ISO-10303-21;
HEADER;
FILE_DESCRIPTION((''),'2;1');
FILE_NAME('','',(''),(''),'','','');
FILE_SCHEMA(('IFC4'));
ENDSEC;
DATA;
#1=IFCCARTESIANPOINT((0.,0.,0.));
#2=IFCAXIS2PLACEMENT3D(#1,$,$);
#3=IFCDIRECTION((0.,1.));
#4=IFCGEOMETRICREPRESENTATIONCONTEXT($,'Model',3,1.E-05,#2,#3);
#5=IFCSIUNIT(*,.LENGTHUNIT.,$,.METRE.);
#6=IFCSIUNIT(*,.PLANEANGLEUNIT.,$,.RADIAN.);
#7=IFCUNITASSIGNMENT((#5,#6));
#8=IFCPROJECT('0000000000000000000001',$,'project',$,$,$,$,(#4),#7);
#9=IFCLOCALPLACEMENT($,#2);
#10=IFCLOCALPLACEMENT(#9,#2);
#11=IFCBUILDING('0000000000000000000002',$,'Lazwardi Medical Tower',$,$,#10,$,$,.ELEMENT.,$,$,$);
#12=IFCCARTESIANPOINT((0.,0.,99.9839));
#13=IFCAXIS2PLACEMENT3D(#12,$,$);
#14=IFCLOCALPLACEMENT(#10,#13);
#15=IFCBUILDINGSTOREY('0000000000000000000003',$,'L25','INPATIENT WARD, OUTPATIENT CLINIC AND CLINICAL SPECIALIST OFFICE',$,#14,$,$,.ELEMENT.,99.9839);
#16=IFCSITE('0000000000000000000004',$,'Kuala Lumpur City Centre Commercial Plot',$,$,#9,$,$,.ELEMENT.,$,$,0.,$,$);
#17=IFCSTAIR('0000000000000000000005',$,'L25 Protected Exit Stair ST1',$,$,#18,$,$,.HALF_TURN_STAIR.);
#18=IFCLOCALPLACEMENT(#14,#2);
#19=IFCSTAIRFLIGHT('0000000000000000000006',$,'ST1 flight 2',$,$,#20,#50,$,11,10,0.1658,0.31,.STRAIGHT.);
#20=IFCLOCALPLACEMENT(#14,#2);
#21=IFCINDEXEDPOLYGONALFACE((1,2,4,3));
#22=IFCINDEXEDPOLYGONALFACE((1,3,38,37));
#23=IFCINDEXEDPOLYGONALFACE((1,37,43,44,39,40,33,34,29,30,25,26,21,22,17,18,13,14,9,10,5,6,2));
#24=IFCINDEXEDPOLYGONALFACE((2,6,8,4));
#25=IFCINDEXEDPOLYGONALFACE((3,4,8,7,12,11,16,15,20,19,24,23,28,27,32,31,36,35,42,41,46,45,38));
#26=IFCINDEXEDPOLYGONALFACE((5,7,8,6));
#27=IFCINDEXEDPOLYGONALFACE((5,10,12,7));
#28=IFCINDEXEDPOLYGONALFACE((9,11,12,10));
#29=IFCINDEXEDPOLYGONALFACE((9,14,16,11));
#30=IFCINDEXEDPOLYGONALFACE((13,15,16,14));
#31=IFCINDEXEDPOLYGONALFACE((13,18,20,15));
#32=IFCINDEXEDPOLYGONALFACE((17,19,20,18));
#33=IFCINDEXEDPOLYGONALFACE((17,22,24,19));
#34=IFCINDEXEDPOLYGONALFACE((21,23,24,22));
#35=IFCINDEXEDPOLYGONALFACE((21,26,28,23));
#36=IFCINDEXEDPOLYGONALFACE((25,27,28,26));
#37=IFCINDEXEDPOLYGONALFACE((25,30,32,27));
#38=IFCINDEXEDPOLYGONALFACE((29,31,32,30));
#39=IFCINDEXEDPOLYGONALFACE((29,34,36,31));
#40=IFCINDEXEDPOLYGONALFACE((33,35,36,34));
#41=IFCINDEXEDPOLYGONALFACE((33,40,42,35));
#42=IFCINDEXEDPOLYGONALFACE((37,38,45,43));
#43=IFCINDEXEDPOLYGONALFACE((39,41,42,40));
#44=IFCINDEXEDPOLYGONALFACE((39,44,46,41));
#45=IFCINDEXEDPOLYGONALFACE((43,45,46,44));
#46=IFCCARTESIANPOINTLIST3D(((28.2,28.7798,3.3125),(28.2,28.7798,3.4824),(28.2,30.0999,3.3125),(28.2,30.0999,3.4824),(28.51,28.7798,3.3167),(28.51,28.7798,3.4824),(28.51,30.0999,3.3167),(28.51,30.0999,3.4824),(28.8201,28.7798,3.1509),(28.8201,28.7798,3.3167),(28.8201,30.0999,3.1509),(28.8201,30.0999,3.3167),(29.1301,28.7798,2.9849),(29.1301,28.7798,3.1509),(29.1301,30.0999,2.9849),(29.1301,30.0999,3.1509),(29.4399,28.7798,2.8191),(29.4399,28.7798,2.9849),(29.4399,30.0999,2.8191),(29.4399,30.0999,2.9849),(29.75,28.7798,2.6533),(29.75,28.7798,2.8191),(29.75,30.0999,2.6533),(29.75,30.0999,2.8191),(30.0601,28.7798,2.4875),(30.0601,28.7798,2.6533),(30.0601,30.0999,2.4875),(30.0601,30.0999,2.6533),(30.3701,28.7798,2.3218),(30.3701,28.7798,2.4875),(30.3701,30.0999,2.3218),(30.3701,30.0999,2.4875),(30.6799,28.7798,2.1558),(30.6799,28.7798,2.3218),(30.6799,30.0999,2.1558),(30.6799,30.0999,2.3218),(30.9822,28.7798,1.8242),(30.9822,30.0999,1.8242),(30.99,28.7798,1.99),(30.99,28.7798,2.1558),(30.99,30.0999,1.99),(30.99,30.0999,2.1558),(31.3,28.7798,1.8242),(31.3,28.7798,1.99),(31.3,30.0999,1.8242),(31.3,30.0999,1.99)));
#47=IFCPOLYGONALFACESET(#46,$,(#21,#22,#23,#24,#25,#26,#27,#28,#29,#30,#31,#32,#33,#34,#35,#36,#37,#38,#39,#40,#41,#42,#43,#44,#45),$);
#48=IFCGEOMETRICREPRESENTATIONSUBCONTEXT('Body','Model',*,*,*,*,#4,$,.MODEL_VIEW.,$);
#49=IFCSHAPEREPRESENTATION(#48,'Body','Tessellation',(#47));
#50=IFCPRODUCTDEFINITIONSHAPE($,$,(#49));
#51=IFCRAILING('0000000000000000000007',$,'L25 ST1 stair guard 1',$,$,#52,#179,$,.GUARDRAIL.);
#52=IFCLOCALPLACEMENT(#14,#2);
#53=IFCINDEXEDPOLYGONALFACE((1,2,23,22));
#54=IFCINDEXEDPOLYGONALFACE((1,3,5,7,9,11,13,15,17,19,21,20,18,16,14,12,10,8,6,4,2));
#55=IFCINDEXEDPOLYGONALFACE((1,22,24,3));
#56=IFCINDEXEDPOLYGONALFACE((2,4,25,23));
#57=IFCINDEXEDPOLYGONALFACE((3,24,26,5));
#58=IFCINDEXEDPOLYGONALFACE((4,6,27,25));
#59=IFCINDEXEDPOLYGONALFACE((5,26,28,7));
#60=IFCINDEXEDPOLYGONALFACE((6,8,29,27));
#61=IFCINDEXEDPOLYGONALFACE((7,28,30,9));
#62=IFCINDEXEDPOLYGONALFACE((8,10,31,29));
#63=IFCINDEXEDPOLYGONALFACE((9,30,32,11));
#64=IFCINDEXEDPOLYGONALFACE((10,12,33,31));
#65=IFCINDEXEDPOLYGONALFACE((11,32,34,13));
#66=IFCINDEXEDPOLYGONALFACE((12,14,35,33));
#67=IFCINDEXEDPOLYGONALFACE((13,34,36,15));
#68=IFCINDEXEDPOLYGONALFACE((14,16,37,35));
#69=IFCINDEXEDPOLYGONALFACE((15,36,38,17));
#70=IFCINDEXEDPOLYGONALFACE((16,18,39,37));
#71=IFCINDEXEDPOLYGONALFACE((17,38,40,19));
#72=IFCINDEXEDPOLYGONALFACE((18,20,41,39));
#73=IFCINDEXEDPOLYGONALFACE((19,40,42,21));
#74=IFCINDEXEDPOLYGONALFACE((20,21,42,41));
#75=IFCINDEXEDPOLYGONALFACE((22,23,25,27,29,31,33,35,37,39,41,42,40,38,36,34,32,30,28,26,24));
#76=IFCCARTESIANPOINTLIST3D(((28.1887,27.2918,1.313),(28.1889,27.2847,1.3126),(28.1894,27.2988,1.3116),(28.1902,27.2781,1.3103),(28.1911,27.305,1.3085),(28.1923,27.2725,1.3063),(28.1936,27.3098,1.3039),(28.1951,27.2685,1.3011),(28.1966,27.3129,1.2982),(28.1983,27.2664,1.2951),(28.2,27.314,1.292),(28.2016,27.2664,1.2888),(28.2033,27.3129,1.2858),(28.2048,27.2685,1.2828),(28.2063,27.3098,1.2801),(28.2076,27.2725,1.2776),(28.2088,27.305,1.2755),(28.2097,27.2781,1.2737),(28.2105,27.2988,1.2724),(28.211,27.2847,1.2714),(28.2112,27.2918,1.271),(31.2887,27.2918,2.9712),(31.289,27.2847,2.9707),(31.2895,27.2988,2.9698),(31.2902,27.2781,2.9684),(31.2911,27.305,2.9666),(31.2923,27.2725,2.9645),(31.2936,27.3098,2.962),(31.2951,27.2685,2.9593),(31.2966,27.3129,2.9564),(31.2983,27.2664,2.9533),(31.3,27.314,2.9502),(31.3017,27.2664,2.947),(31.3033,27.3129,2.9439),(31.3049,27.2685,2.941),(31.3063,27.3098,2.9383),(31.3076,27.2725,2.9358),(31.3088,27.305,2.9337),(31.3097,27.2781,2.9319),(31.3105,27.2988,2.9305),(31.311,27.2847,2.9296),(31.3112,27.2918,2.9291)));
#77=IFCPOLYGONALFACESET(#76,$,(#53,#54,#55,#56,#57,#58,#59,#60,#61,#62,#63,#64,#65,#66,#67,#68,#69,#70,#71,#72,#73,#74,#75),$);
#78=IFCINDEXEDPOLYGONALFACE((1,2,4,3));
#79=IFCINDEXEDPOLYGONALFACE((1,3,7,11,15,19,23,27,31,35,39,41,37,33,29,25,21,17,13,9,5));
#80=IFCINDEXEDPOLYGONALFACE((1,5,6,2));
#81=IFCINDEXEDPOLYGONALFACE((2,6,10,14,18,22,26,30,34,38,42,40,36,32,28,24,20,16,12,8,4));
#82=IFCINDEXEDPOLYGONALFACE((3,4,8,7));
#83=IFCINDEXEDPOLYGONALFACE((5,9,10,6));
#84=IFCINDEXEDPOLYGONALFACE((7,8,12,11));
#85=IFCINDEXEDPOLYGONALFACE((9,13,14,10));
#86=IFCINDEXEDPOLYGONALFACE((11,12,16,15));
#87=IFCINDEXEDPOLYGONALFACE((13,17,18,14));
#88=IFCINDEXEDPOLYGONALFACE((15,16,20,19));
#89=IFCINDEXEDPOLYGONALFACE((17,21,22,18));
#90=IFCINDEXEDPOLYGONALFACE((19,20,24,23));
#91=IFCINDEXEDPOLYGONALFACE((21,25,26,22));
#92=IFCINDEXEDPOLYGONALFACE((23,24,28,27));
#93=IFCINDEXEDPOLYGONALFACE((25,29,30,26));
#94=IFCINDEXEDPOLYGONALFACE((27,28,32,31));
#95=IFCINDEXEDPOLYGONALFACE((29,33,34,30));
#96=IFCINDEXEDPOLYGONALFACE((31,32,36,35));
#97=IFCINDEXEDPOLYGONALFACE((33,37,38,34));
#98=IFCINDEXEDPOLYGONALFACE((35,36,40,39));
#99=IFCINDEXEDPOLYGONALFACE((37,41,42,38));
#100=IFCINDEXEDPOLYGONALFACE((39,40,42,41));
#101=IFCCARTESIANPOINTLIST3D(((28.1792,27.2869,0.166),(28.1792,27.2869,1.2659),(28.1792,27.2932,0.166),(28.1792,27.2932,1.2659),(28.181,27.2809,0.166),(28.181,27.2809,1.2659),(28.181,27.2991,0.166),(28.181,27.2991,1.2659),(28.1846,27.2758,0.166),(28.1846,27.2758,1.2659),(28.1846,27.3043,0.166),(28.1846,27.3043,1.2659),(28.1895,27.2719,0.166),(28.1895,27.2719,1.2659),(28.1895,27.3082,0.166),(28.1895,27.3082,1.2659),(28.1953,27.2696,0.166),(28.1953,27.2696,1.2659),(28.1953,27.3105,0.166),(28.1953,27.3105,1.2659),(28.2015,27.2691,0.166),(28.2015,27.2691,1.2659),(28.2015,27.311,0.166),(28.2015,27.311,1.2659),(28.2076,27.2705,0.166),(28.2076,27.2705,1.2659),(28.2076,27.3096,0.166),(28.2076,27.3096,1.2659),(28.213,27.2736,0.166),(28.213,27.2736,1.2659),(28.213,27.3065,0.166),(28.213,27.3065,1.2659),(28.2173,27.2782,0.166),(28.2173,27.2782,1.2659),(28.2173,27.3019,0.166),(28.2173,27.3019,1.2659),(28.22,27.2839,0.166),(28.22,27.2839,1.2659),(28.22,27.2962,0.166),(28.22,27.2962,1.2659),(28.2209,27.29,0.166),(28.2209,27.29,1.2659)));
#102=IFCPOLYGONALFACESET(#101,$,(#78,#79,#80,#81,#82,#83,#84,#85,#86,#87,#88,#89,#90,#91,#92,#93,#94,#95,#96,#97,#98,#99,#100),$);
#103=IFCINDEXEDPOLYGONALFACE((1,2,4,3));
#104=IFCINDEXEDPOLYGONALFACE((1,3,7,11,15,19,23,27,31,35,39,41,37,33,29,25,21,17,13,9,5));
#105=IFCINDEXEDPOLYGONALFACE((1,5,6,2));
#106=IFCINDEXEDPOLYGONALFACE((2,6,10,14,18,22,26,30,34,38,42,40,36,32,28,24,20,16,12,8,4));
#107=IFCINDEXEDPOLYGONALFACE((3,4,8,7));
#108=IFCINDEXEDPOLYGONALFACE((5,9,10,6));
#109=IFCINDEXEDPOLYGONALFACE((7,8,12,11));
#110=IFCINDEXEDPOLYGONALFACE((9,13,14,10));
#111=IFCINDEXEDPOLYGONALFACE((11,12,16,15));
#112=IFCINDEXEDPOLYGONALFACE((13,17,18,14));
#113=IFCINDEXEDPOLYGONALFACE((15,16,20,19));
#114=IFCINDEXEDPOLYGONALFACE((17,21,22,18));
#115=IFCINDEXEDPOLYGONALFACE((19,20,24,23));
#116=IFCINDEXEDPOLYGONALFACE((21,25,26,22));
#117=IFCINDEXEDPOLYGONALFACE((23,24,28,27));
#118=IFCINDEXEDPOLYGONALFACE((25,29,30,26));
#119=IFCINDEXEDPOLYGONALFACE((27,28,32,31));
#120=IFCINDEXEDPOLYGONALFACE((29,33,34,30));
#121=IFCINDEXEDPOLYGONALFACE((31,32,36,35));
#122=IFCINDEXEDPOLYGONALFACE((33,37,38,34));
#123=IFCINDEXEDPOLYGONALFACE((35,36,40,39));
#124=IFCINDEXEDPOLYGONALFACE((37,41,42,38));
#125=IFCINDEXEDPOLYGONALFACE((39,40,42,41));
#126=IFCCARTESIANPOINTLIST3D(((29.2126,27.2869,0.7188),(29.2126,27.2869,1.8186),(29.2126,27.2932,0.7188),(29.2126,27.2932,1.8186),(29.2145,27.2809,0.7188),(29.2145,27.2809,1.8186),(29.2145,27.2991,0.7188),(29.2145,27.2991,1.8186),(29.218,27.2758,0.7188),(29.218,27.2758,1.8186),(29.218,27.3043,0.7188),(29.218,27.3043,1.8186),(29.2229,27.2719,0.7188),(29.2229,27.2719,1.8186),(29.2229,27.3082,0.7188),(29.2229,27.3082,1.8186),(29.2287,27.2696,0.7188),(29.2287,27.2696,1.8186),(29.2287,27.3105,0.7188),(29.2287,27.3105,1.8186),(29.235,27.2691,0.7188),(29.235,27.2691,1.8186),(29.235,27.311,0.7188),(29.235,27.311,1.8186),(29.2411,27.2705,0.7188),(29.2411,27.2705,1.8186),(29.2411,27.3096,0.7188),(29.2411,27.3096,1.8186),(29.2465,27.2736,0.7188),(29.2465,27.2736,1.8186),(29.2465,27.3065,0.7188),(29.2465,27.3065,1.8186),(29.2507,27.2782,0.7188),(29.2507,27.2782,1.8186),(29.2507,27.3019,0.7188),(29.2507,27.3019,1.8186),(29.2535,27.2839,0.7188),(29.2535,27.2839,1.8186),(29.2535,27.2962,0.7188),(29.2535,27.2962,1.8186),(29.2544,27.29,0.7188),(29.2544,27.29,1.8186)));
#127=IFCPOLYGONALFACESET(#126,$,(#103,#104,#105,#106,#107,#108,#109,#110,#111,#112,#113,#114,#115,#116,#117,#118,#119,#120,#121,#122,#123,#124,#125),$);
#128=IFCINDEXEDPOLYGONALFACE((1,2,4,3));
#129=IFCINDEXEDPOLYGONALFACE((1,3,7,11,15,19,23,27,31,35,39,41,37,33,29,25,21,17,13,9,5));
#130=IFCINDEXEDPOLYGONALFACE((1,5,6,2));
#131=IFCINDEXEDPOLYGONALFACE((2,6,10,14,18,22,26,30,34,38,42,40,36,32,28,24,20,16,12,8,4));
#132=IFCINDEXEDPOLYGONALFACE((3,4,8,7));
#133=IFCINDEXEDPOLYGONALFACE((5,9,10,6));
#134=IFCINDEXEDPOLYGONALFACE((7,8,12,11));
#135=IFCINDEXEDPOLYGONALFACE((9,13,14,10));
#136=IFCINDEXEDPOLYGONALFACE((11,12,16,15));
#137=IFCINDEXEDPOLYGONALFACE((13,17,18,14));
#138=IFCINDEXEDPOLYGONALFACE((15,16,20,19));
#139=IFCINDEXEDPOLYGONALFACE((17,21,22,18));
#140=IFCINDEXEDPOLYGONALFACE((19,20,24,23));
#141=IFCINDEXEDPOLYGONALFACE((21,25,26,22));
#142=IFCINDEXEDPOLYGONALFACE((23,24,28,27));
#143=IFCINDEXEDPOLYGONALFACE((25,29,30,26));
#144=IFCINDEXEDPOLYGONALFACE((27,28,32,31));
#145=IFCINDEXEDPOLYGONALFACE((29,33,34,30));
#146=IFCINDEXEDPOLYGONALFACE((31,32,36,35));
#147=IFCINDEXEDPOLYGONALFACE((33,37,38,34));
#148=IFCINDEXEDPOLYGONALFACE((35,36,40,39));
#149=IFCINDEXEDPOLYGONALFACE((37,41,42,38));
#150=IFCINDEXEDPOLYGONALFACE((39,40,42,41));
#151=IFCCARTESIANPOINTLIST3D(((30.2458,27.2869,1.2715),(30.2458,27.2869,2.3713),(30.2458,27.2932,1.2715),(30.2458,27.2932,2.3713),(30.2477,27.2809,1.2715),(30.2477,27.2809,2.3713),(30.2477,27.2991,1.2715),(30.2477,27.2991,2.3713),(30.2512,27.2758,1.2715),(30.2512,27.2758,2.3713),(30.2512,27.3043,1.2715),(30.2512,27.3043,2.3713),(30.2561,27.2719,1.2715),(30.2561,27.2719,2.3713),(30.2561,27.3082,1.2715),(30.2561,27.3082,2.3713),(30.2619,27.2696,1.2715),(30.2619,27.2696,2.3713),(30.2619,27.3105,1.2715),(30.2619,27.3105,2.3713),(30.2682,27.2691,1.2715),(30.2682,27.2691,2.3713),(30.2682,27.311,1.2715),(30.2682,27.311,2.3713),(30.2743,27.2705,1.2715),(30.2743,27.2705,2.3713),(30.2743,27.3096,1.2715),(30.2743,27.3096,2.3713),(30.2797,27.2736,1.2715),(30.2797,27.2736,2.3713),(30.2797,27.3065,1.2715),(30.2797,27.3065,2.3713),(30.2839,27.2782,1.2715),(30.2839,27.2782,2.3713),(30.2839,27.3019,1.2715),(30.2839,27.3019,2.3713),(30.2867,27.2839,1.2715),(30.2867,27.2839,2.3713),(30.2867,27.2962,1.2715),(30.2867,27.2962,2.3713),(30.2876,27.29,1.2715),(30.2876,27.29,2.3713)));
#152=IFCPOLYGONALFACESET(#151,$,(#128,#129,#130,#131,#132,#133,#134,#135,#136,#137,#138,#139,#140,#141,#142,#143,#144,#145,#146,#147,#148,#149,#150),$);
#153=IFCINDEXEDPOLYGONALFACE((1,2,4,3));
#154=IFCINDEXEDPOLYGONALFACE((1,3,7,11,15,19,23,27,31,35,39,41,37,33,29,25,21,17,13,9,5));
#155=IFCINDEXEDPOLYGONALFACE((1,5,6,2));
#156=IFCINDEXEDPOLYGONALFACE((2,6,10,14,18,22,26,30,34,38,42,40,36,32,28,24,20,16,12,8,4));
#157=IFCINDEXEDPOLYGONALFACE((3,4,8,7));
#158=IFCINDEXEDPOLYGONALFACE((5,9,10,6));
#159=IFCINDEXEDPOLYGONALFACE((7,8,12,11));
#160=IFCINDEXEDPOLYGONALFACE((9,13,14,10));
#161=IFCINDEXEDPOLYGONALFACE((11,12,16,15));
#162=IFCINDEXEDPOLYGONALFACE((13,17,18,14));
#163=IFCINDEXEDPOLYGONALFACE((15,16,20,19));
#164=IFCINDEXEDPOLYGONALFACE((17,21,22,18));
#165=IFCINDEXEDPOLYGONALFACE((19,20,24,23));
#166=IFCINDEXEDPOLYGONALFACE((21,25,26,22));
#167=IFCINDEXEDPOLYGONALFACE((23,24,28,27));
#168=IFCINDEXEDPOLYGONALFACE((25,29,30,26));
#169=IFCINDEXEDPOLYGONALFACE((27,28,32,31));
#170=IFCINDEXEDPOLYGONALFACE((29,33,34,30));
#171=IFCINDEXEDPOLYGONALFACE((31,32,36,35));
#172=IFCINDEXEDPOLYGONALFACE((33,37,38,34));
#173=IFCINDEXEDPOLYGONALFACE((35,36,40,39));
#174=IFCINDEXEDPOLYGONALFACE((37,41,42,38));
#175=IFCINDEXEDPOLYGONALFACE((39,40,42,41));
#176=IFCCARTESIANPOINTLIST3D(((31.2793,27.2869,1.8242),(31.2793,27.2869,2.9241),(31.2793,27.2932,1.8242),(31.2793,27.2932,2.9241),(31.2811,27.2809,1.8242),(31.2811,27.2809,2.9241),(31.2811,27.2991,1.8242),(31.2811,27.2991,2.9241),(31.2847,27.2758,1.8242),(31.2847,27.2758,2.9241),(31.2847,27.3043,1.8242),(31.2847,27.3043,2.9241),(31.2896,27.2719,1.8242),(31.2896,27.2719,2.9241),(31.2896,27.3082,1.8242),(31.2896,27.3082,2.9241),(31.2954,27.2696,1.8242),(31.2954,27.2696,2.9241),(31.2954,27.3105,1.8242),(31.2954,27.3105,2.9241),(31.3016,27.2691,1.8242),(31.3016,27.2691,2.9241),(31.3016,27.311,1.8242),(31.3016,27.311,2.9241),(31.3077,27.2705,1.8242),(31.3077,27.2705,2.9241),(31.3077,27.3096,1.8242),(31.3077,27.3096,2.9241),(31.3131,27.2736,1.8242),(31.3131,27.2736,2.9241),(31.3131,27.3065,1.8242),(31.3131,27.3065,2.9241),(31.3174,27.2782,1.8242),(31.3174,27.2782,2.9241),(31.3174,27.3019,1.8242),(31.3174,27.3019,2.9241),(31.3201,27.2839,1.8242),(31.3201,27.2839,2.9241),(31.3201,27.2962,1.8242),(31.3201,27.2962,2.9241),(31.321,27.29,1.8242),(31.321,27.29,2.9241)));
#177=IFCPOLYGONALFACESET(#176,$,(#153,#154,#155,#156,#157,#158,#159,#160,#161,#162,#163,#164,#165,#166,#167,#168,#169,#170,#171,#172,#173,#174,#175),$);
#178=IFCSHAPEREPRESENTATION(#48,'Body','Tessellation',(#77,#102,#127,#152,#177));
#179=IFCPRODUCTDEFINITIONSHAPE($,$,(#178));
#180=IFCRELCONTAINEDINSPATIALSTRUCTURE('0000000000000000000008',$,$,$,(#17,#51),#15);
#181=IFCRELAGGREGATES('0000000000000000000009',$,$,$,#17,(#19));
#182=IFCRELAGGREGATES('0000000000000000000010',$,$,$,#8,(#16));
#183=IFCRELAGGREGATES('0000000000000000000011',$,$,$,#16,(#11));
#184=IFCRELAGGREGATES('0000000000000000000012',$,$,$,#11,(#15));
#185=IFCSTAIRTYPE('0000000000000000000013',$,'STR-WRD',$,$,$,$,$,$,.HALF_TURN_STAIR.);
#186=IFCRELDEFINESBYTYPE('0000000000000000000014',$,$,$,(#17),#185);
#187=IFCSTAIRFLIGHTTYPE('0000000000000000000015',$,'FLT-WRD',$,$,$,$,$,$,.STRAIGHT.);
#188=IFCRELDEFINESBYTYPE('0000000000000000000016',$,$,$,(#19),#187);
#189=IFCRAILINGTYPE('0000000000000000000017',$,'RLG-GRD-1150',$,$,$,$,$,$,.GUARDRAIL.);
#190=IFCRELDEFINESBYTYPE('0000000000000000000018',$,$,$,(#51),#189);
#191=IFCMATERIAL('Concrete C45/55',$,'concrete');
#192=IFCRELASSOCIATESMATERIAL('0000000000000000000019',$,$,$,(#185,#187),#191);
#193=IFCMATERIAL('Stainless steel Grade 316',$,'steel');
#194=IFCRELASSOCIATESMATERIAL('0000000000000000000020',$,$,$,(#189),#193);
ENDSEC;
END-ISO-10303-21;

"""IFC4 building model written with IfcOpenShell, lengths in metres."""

from ifc_helpers import new_model, si_unit, direction, frame, origin, origin_2d, place, context, subcontext, project, spatial, polyline, circle, outline, extrude, material, type_object, element, aggregate, save


model = new_model("IFC4")

# Units and contexts
model_context = context("Model", 3, precision=1e-05, world=origin(), true_north=direction((0.0, 1.0)))
body_context = subcontext(model_context, "Body", "Model", "MODEL_VIEW")
ifc_project = project(units=[si_unit("LENGTHUNIT", "METRE"), si_unit("PLANEANGLEUNIT", "RADIAN")], contexts=[model_context])

# Site, building, storey
site_placement = place(None, origin())
site = spatial("IfcSite", under=ifc_project, at=site_placement, Name="Kuala Lumpur City Centre Commercial Plot", CompositionType="ELEMENT", RefElevation=0.0)
building_placement = place(site_placement, origin())
building = spatial("IfcBuilding", under=site, at=building_placement, Name="Lazwardi Medical Tower", CompositionType="ELEMENT")
storey_placement = place(building_placement, frame((0.0, 0.0, 99.9839)))
storey = spatial("IfcBuildingStorey", under=building, at=storey_placement, Name="L25", Description="INPATIENT WARD, OUTPATIENT CLINIC AND CLINICAL SPECIALIST OFFICE", CompositionType="ELEMENT", Elevation=99.9839)

# Stair, stair flight
ifc_material_1 = material(Name="Concrete C45/55", Category="concrete")
stair_type = type_object("IfcStairType", Name="STR-WRD", PredefinedType="HALF_TURN_STAIR", material=ifc_material_1)
stair_placement = place(storey_placement, origin())
stair = element("IfcStair", 1, at=stair_placement, inside=storey, type_object=stair_type, Name="L25 Protected Exit Stair ST1", PredefinedType="HALF_TURN_STAIR")
stair_flight_type = type_object("IfcStairFlightType", Name="FLT-WRD", PredefinedType="STRAIGHT", material=ifc_material_1)
stair_flight_1_placement = place(storey_placement, frame((31.3, 29.4399, 1.8242), z_axis=(0.0, 0.0, 1.0), x_axis=(-1.0, 0.0, 0.0)))
stair_flight_1 = element("IfcStairFlight", 2, at=stair_flight_1_placement, type_object=stair_flight_type, Name="ST1 flight 2", NumberOfRisers=11, NumberOfTreads=10, PredefinedType="STRAIGHT", RiserHeight=0.1658, TreadLength=0.31, context=body_context, shape_type="SweptSolid", body=[
    extrude(outline(polyline([(0.0, 0.0), (0.0, 0.1658), (0.3101, 0.1658), (0.3101, 0.3315), (0.6201, 0.3315), (0.6201, 0.4976), (0.9299, 0.4976), (0.9299, 0.6633), (1.24, 0.6633), (1.24, 0.8291), (1.55, 0.8291), (1.55, 0.9949), (1.8601, 0.9949), (1.8601, 1.1606), (2.1699, 1.1606), (2.1699, 1.3267), (2.48, 1.3267), (2.48, 1.4924), (2.79, 1.4924), (2.79, 1.6582), (3.1001, 1.6582), (3.1001, 1.824), (3.1001, 1.4883), (0.3179, 0.0), (0.0, 0.0)])), frame((0.0, 0.6602, 0.0), z_axis=(0.0, -1.0, 0.0), x_axis=(1.0, 0.0, 0.0)), (0.0, 0.0, 1.0), 1.3201),
])
aggregate(stair, [stair_flight_1])

# Railing
ifc_material_2 = material(Name="Stainless steel Grade 316", Category="steel")
railing_type_1 = type_object("IfcRailingType", Name="RLG-GRD-1150", PredefinedType="GUARDRAIL", material=ifc_material_2)
railing_1_placement = place(storey_placement, frame((28.2, 27.29, 0.166)))
element("IfcRailing", 3, at=railing_1_placement, inside=storey, type_object=railing_type_1, Name="L25 ST1 stair guard 1", PredefinedType="GUARDRAIL", context=body_context, shape_type="SweptSolid", body=[
    extrude(circle(Radius=0.0239, at=origin_2d()), frame((0.0, 0.0, 1.126), z_axis=(0.881783, 0.0, 0.471655), x_axis=(0.0, 1.0, 0.0)), (0.0, 0.0, 1.0), 3.5156),
    extrude(circle(Radius=0.021, at=origin_2d()), origin(), (0.0, 0.0, 1.0), 1.0999),
    extrude(circle(Radius=0.021, at=origin_2d()), frame((1.0334, 0.0, 0.5527)), (0.0, 0.0, 1.0), 1.0999),
    extrude(circle(Radius=0.021, at=origin_2d()), frame((2.0667, 0.0, 1.1055)), (0.0, 0.0, 1.0), 1.0999),
    extrude(circle(Radius=0.021, at=origin_2d()), frame((3.1001, 0.0, 1.6582)), (0.0, 0.0, 1.0), 1.0999),
])

save(model, "model.ifc")
